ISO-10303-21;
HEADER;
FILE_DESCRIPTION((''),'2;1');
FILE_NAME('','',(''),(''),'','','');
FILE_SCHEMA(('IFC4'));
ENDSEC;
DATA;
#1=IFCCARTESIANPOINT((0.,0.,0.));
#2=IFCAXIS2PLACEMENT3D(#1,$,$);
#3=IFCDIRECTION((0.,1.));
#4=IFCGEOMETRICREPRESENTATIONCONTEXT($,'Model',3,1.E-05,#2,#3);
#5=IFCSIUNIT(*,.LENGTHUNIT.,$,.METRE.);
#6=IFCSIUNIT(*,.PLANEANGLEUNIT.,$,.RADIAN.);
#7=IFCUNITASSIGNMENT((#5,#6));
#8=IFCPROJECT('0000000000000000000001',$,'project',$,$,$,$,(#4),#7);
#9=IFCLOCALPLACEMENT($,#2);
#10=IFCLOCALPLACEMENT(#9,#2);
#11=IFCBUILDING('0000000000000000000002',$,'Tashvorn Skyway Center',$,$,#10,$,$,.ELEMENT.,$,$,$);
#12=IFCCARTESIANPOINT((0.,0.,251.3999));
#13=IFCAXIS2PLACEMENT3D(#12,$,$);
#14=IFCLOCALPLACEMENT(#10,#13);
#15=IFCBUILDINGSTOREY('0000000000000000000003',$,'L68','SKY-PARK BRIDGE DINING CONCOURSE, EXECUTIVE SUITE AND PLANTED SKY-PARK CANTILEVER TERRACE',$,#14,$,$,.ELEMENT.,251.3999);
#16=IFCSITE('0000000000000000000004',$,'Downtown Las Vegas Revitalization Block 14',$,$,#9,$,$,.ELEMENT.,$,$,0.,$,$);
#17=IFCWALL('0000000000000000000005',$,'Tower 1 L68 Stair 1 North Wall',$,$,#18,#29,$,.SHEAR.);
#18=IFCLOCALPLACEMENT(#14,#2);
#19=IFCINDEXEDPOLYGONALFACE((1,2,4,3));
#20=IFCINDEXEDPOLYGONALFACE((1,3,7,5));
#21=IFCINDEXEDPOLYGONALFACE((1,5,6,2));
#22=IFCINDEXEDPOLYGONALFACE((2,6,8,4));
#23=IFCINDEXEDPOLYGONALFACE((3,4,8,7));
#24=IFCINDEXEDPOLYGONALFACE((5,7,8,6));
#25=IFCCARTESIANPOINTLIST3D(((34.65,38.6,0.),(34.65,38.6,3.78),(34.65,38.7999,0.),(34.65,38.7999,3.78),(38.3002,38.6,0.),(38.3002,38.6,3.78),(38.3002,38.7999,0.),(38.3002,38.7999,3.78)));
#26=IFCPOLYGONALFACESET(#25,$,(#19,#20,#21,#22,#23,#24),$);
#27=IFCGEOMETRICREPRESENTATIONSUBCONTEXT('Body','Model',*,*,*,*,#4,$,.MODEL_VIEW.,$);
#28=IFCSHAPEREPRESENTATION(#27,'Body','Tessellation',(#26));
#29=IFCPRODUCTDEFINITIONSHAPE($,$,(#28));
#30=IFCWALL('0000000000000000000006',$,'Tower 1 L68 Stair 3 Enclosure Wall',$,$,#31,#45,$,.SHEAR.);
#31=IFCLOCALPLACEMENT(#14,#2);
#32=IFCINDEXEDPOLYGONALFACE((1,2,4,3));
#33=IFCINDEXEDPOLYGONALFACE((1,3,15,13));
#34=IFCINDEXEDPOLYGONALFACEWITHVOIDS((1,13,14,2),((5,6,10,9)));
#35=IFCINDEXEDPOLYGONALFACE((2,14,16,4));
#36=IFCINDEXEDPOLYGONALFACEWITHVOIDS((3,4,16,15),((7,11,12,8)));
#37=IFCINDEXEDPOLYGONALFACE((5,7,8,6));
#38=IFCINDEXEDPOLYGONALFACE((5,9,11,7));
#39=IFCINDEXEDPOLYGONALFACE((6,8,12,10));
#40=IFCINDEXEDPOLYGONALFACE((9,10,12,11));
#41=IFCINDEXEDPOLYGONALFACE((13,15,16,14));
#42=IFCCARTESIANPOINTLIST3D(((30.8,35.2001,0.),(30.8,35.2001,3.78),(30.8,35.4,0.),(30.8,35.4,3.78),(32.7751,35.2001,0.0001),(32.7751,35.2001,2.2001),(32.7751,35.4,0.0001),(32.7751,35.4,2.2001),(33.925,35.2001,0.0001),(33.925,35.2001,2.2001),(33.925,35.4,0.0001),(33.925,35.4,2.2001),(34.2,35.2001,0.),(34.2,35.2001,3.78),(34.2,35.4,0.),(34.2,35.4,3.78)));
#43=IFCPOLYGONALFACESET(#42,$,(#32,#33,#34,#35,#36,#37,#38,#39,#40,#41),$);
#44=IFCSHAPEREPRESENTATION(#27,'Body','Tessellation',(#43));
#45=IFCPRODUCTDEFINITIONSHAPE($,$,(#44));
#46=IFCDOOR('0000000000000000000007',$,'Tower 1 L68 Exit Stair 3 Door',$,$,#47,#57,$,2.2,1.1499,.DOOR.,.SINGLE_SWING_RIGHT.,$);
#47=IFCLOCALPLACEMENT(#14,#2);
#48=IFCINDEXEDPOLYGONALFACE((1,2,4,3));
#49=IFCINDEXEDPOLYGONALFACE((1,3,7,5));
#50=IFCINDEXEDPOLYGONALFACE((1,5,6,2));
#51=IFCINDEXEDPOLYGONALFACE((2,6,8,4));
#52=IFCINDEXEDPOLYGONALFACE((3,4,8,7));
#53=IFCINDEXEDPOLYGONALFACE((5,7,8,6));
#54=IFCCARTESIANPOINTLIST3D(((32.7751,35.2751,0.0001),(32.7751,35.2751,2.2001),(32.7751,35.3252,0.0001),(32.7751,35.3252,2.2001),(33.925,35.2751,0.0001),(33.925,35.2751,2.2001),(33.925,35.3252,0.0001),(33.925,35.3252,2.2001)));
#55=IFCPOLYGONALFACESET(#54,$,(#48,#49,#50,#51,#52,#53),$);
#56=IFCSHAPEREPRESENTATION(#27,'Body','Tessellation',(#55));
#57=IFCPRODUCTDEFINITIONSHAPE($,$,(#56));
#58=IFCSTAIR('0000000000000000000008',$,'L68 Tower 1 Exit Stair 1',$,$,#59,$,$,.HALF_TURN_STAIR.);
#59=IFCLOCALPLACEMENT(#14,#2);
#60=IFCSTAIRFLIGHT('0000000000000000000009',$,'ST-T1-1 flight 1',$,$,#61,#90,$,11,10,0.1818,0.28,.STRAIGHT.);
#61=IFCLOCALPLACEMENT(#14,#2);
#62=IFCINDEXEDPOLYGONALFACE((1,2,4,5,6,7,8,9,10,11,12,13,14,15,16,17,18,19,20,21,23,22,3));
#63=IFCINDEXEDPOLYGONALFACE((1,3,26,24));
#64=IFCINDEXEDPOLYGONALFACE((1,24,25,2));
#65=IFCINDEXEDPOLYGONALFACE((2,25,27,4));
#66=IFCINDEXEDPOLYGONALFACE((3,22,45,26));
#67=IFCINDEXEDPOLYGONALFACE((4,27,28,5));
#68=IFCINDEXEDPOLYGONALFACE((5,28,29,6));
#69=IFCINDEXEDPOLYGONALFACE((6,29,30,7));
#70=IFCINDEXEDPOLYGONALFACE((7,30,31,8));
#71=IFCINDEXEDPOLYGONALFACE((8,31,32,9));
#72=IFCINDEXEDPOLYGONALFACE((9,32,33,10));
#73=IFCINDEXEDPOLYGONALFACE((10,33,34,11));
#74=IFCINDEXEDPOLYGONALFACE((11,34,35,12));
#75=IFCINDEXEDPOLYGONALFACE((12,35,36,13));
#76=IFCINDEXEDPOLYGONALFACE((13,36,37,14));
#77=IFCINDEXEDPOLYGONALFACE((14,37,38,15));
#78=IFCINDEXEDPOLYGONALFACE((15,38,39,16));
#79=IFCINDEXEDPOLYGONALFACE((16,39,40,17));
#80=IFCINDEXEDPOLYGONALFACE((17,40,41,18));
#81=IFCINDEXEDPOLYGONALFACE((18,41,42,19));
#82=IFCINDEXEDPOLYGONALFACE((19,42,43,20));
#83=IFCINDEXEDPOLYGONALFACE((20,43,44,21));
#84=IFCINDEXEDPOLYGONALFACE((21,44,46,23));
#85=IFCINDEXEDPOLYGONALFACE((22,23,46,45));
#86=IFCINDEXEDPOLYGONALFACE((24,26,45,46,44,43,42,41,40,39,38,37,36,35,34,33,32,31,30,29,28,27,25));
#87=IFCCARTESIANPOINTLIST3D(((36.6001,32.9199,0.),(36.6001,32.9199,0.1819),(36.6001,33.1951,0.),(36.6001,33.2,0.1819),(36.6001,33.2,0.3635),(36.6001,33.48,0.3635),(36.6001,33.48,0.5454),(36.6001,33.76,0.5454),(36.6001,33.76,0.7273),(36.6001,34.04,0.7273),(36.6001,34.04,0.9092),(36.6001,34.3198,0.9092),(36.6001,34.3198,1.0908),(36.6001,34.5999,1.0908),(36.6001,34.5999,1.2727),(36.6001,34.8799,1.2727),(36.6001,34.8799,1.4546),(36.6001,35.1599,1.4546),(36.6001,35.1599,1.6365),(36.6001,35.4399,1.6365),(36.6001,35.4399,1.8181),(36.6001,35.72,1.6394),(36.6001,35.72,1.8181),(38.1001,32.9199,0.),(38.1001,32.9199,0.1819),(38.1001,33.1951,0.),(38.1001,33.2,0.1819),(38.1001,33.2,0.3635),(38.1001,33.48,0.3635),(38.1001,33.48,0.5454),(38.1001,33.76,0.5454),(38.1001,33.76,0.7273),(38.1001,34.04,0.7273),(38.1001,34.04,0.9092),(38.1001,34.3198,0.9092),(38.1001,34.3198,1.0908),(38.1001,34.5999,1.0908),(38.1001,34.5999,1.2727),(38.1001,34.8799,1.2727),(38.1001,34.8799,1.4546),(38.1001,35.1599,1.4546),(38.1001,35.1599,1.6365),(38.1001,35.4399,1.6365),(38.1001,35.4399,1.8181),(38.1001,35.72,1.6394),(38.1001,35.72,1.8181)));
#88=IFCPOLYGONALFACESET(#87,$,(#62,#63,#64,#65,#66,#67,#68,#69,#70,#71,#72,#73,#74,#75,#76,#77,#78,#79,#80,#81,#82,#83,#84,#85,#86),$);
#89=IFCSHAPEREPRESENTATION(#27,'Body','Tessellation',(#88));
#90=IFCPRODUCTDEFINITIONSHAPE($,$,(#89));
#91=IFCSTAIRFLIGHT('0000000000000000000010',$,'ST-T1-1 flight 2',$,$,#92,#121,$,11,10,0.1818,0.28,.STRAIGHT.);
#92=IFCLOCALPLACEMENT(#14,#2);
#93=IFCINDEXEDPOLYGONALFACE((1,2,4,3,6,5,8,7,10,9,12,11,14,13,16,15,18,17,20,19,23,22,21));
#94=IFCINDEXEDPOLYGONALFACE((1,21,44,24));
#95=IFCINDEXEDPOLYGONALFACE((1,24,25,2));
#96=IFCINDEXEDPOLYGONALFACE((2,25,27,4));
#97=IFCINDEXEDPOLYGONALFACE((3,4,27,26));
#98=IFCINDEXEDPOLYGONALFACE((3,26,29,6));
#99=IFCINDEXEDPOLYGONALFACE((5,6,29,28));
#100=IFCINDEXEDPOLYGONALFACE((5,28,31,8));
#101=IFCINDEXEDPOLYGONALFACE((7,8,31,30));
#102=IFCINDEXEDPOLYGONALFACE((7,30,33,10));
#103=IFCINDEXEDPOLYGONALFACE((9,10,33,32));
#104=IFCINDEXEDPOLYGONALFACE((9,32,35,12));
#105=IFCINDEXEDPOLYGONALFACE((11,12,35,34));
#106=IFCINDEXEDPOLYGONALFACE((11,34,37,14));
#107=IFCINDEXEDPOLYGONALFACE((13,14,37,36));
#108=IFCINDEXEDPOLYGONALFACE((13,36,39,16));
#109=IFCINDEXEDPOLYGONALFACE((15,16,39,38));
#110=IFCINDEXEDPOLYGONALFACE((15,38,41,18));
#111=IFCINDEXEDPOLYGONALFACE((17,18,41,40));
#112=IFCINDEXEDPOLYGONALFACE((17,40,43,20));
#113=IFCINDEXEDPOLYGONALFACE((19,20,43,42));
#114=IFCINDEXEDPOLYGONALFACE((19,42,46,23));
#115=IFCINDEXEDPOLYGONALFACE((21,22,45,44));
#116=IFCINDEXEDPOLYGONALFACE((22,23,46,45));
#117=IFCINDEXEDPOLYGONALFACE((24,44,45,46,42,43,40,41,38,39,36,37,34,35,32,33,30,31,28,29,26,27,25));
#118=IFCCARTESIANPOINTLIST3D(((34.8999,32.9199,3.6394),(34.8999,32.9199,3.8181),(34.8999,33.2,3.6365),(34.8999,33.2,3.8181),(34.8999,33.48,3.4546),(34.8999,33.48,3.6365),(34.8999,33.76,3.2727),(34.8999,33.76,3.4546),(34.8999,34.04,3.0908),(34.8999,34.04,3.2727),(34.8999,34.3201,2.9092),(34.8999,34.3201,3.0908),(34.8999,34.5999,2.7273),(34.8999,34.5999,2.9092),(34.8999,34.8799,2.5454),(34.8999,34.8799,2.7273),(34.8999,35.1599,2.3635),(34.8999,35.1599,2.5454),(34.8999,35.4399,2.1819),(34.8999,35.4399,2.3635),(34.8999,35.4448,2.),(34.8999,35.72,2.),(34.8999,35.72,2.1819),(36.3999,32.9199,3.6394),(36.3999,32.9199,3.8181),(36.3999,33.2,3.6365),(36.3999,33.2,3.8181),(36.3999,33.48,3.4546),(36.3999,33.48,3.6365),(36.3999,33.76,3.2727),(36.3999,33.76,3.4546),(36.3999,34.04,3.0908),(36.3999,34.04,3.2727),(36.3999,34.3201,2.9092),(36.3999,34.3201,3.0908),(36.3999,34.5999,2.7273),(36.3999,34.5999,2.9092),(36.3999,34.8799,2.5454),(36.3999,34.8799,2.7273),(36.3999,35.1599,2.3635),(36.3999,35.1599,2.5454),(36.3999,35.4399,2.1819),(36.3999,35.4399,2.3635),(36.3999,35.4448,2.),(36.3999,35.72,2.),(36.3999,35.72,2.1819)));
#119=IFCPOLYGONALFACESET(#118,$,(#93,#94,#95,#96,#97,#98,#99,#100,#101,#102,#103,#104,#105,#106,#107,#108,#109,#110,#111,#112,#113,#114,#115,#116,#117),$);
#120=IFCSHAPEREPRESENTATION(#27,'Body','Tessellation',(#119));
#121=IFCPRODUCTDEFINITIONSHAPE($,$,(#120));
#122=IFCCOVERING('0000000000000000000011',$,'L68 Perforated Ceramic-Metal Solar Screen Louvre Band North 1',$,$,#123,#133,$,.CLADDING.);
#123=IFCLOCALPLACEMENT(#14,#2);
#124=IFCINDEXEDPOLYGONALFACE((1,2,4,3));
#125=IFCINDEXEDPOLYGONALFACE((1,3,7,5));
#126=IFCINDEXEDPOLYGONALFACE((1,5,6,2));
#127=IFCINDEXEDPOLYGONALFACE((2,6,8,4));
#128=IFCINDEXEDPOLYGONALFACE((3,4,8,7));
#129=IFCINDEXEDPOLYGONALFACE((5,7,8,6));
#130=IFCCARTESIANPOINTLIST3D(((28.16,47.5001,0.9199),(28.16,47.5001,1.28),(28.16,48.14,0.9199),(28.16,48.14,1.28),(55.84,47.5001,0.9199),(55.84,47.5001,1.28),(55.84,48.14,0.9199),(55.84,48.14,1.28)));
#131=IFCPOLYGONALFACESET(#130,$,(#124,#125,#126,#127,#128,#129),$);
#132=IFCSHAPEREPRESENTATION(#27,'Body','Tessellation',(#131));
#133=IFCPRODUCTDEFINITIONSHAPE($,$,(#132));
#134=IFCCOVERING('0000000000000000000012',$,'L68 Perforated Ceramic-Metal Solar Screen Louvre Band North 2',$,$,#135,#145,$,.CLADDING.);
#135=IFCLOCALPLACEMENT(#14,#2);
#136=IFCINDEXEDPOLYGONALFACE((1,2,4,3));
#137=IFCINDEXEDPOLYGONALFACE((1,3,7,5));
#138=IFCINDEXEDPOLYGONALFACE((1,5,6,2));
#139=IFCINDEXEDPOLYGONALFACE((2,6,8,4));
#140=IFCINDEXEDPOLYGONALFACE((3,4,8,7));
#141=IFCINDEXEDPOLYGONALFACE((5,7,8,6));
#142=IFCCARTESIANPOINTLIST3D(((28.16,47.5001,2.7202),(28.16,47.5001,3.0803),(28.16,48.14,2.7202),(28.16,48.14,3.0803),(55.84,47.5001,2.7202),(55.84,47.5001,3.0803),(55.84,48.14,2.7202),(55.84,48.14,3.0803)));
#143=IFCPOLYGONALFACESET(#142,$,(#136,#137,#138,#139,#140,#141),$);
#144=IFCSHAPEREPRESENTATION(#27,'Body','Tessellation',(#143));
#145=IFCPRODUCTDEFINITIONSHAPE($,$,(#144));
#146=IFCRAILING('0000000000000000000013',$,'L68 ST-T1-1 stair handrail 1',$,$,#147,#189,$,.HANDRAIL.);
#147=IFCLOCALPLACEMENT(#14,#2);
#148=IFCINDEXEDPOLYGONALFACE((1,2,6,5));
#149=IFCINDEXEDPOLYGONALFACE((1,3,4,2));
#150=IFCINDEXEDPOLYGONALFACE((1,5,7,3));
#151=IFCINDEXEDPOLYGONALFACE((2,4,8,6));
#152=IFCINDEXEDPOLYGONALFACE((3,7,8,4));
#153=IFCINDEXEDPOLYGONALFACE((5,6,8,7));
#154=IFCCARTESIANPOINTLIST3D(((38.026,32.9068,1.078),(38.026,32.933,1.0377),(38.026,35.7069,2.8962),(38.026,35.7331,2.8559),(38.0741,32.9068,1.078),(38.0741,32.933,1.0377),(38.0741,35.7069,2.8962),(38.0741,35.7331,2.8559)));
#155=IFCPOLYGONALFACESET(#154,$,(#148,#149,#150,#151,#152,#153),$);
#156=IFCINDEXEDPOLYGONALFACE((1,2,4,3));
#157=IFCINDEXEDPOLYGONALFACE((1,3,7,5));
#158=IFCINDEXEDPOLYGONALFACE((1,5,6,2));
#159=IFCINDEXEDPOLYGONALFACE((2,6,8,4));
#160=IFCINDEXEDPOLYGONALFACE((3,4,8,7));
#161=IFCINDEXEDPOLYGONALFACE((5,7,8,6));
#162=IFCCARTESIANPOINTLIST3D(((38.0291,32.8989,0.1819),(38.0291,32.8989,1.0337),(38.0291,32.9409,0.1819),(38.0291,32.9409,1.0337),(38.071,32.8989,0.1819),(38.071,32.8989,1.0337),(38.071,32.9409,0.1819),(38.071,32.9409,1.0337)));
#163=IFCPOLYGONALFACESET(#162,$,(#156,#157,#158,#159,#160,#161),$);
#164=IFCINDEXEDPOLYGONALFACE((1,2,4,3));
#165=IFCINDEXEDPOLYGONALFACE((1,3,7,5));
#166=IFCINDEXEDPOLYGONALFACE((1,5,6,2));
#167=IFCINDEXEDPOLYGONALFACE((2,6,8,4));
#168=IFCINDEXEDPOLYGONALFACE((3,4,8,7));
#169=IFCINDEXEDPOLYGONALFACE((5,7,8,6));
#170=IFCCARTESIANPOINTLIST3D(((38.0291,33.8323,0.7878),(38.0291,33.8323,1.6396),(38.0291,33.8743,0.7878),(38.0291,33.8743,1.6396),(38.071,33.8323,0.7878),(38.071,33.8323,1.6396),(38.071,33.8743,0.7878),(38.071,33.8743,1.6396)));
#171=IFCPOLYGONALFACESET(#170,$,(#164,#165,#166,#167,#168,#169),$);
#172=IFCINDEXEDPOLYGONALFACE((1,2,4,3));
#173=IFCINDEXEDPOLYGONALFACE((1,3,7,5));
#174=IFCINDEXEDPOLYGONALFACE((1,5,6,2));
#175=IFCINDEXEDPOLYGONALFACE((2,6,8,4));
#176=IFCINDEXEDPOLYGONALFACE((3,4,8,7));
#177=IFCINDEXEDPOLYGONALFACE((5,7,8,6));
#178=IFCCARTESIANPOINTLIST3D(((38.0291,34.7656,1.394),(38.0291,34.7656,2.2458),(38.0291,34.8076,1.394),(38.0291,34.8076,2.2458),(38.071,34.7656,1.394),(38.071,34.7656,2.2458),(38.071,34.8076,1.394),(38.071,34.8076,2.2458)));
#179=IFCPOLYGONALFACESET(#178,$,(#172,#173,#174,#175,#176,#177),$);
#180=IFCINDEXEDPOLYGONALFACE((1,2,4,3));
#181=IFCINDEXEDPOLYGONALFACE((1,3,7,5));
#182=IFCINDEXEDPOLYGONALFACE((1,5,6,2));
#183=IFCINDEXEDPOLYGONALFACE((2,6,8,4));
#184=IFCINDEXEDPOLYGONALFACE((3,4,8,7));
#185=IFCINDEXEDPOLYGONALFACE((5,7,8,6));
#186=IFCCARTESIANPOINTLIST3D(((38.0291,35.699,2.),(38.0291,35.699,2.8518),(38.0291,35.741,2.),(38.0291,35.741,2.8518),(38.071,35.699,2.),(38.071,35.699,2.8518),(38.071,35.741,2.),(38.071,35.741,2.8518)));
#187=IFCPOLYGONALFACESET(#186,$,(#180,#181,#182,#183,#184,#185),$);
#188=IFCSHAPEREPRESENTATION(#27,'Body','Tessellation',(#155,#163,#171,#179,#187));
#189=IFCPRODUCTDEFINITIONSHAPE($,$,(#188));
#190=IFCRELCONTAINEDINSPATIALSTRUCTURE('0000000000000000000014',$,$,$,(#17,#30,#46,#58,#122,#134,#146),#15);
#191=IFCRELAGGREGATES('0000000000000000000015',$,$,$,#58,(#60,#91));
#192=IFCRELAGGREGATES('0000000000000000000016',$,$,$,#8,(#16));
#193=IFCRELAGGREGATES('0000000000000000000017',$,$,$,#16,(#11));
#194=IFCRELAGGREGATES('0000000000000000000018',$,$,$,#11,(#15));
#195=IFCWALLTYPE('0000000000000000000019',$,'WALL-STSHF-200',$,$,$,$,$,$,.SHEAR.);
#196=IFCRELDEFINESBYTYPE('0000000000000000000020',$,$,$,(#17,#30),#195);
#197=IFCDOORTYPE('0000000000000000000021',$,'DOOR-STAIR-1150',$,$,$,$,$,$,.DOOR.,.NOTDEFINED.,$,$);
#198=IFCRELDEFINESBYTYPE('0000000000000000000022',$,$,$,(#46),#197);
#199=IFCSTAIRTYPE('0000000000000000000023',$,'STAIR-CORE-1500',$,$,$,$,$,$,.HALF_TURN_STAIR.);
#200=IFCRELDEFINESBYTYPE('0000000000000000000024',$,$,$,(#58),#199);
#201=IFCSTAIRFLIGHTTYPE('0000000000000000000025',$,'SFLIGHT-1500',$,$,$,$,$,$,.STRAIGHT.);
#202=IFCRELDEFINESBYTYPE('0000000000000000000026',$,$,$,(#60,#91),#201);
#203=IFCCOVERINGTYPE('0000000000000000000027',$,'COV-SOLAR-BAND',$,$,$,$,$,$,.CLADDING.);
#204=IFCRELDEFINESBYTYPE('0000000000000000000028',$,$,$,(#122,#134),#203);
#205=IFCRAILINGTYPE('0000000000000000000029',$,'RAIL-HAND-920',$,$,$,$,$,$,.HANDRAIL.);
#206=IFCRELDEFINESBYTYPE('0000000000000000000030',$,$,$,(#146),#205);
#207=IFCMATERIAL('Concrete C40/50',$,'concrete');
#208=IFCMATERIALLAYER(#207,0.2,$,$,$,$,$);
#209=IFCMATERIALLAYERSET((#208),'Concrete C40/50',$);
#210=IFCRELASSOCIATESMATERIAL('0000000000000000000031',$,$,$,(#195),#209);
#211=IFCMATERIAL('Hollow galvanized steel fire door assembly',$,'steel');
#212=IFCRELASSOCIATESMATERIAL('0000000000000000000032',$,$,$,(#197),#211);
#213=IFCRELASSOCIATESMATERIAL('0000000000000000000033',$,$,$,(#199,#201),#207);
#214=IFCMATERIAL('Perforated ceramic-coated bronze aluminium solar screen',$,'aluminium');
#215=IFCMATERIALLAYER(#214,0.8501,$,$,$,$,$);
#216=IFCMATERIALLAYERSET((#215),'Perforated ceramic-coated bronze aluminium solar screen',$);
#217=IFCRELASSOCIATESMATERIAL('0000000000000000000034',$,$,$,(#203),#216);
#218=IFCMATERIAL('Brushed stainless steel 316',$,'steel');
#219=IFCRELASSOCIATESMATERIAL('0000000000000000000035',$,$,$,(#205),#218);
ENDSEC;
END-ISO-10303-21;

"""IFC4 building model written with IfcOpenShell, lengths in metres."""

from ifc_helpers import new_model, si_unit, direction, frame, frame_2d, origin, origin_2d, place, context, subcontext, project, spatial, polyline, rectangle, outline, extrude, material, layer, layer_set, type_object, element, fill, aggregate, save


model = new_model("IFC4")

# Units and contexts
model_context = context("Model", 3, precision=1e-05, world=origin(), true_north=direction((0.0, 1.0)))
body_context = subcontext(model_context, "Body", "Model", "MODEL_VIEW")
ifc_project = project(units=[si_unit("LENGTHUNIT", "METRE"), si_unit("PLANEANGLEUNIT", "RADIAN")], contexts=[model_context])

# Site, building, storey
site_placement = place(None, origin())
site = spatial("IfcSite", under=ifc_project, at=site_placement, Name="Downtown Las Vegas Revitalization Block 14", CompositionType="ELEMENT", RefElevation=0.0)
building_placement = place(site_placement, origin())
building = spatial("IfcBuilding", under=site, at=building_placement, Name="Tashvorn Skyway Center", CompositionType="ELEMENT")
storey_placement = place(building_placement, frame((0.0, 0.0, 251.3999)))
storey = spatial("IfcBuildingStorey", under=building, at=storey_placement, Name="L68", Description="SKY-PARK BRIDGE DINING CONCOURSE, EXECUTIVE SUITE AND PLANTED SKY-PARK CANTILEVER TERRACE", CompositionType="ELEMENT", Elevation=251.3999)

# Shared definitions
ifc_material_1 = material(Name="Hollow galvanized steel fire door assembly", Category="steel")

# Shared definitions
ifc_material_2 = material(Name="Concrete C40/50", Category="concrete")

# Wall
ifc_layer_1 = layer(ifc_material_2, 0.2)
ifc_layer_set_1 = layer_set([ifc_layer_1], Name="Concrete C40/50")
wall_type_1 = type_object("IfcWallType", Name="WALL-STSHF-200", PredefinedType="SHEAR", material=ifc_layer_set_1)
wall_1_placement = place(storey_placement, frame((34.6499, 38.7, 0.0), z_axis=(0.0, 0.0, 1.0), x_axis=(1.0, 0.0, 0.0)))
element("IfcWall", 1, at=wall_1_placement, inside=storey, type_object=wall_type_1, Name="Tower 1 L68 Stair 1 North Wall", PredefinedType="SHEAR", context=body_context, shape_type="SweptSolid", body=[
    extrude(rectangle(XDim=3.6501, YDim=0.2, at=frame_2d((1.8252, 0.0))), origin(), (0.0, 0.0, 1.0), 3.78),
])

# Wall, opening, door
wall_2_placement = place(storey_placement, frame((34.2, 35.3, 0.0), z_axis=(0.0, 0.0, 1.0), x_axis=(-1.0, 0.0, 0.0)))
wall_2 = element("IfcWall", 2, at=wall_2_placement, inside=storey, type_object=wall_type_1, Name="Tower 1 L68 Stair 3 Enclosure Wall", PredefinedType="SHEAR", context=body_context, shape_type="SweptSolid", body=[
    extrude(rectangle(XDim=3.3999, YDim=0.2, at=frame_2d((1.7, 0.0))), origin(), (0.0, 0.0, 1.0), 3.78),
])
opening_1_placement = place(wall_2_placement, frame((0.2749, 0.0, 0.0)))
opening_1 = element("IfcOpeningElement", 3, at=opening_1_placement, cuts=wall_2, PredefinedType="OPENING", context=body_context, shape_type="SweptSolid", body=[
    extrude(rectangle(XDim=1.1499, YDim=2.2, at=frame_2d((0.575, 1.1001))), frame((0.0, 0.1099, 0.0), z_axis=(0.0, -1.0, 0.0), x_axis=(1.0, 0.0, 0.0)), (0.0, 0.0, 1.0), 0.22),
])
door_type_1 = type_object("IfcDoorType", Name="DOOR-STAIR-1150", OperationType="NOTDEFINED", PredefinedType="DOOR", material=ifc_material_1)
door_1_placement = place(opening_1_placement, origin())
door_1 = element("IfcDoor", 4, at=door_1_placement, inside=storey, type_object=door_type_1, Name="Tower 1 L68 Exit Stair 3 Door", OperationType="SINGLE_SWING_RIGHT", OverallHeight=2.2, OverallWidth=1.1499, PredefinedType="DOOR", context=body_context, shape_type="SweptSolid", body=[
    extrude(rectangle(XDim=1.1499, YDim=2.2, at=frame_2d((0.575, 1.1001))), frame((0.0, 0.0249, 0.0), z_axis=(0.0, -1.0, 0.0), x_axis=(1.0, 0.0, 0.0)), (0.0, 0.0, 1.0), 0.05),
])
fill(opening_1, door_1)

# Stair, stair flights
stair_type = type_object("IfcStairType", Name="STAIR-CORE-1500", PredefinedType="HALF_TURN_STAIR", material=ifc_material_2)
stair_placement = place(storey_placement, origin())
stair = element("IfcStair", 5, at=stair_placement, inside=storey, type_object=stair_type, Name="L68 Tower 1 Exit Stair 1", PredefinedType="HALF_TURN_STAIR")
stair_flight_type = type_object("IfcStairFlightType", Name="SFLIGHT-1500", PredefinedType="STRAIGHT", material=ifc_material_2)
stair_flight_1_placement = place(storey_placement, frame((37.3501, 32.9199, 0.0), z_axis=(0.0, 0.0, 1.0), x_axis=(0.0, 1.0, 0.0)))
stair_flight_1 = element("IfcStairFlight", 6, at=stair_flight_1_placement, type_object=stair_flight_type, Name="ST-T1-1 flight 1", NumberOfRisers=11, NumberOfTreads=10, PredefinedType="STRAIGHT", RiserHeight=0.1818, TreadLength=0.28, context=body_context, shape_type="SweptSolid", body=[
    extrude(outline(polyline([(0.0, 0.0), (0.0, 0.1819), (0.28, 0.1819), (0.28, 0.3635), (0.5601, 0.3635), (0.5601, 0.5454), (0.8401, 0.5454), (0.8401, 0.7273), (1.1201, 0.7273), (1.1201, 0.9092), (1.3999, 0.9092), (1.3999, 1.0908), (1.6799, 1.0908), (1.6799, 1.2727), (1.96, 1.2727), (1.96, 1.4546), (2.24, 1.4546), (2.24, 1.6365), (2.52, 1.6365), (2.52, 1.8181), (2.8, 1.8181), (2.8, 2.0), (2.8, 1.6394), (0.2751, 0.0), (0.0, 0.0)])), frame((0.0, 0.75, 0.0), z_axis=(0.0, -1.0, 0.0), x_axis=(1.0, 0.0, 0.0)), (0.0, 0.0, 1.0), 1.5),
])
stair_flight_2_placement = place(storey_placement, frame((35.6499, 35.72, 2.0), z_axis=(0.0, 0.0, 1.0), x_axis=(0.0, -1.0, 0.0)))
stair_flight_2 = element("IfcStairFlight", 7, at=stair_flight_2_placement, type_object=stair_flight_type, Name="ST-T1-1 flight 2", NumberOfRisers=11, NumberOfTreads=10, PredefinedType="STRAIGHT", RiserHeight=0.1818, TreadLength=0.28, context=body_context, shape_type="SweptSolid", body=[
    extrude(outline(polyline([(0.0, 0.0), (0.0, 0.1819), (0.28, 0.1819), (0.28, 0.3635), (0.5601, 0.3635), (0.5601, 0.5454), (0.8401, 0.5454), (0.8401, 0.7273), (1.1201, 0.7273), (1.1201, 0.9092), (1.3999, 0.9092), (1.3999, 1.0908), (1.6799, 1.0908), (1.6799, 1.2727), (1.96, 1.2727), (1.96, 1.4546), (2.24, 1.4546), (2.24, 1.6365), (2.52, 1.6365), (2.52, 1.8181), (2.8, 1.8181), (2.8, 2.0), (2.8, 1.6394), (0.2751, 0.0), (0.0, 0.0)])), frame((0.0, 0.75, 0.0), z_axis=(0.0, -1.0, 0.0), x_axis=(1.0, 0.0, 0.0)), (0.0, 0.0, 1.0), 1.5),
])
aggregate(stair, [stair_flight_1, stair_flight_2])

# Coverings
ifc_material_3 = material(Name="Perforated ceramic-coated bronze aluminium solar screen", Category="aluminium")
ifc_layer_2 = layer(ifc_material_3, 0.8501)
ifc_layer_set_2 = layer_set([ifc_layer_2], Name="Perforated ceramic-coated bronze aluminium solar screen")
covering_type = type_object("IfcCoveringType", Name="COV-SOLAR-BAND", PredefinedType="CLADDING", material=ifc_layer_set_2)
for number, where, z_axis, x_axis, name in (
    (8, (42.0, 47.8201, 0.9199), (0.0, 0.0, 1.0), (1.0, 0.0, 0.0), "L68 Perforated Ceramic-Metal Solar Screen Louvre Band North 1"),
    (9, (42.0, 47.8201, 2.7202), (0.0, 0.0, 1.0), (1.0, 0.0, 0.0), "L68 Perforated Ceramic-Metal Solar Screen Louvre Band North 2"),
):
    element("IfcCovering", number, at=place(storey_placement, frame(where, z_axis=z_axis, x_axis=x_axis)), inside=storey, type_object=covering_type, Name=name, PredefinedType="CLADDING", context=body_context, shape_type="SweptSolid", body=[
        extrude(rectangle(XDim=27.6799, YDim=0.6399, at=origin_2d()), origin(), (0.0, 0.0, 1.0), 0.3601),
    ])

# Railing
ifc_material_4 = material(Name="Brushed stainless steel 316", Category="steel")
railing_type_1 = type_object("IfcRailingType", Name="RAIL-HAND-920", PredefinedType="HANDRAIL", material=ifc_material_4)
railing_1_placement = place(storey_placement, frame((38.05, 32.9199, 0.1819)))
element("IfcRailing", 10, at=railing_1_placement, inside=storey, type_object=railing_type_1, Name="L68 ST-T1-1 stair handrail 1", PredefinedType="HANDRAIL", context=body_context, shape_type="SweptSolid", body=[
    extrude(rectangle(XDim=0.0481, YDim=0.0481, at=origin_2d()), frame((0.0, 0.0, 0.876), z_axis=(0.0, 0.838706, 0.544585), x_axis=(-1.0, 0.0, 0.0)), (0.0, 0.0, 1.0), 3.3386),
    extrude(rectangle(XDim=0.042, YDim=0.042, at=origin_2d()), origin(), (0.0, 0.0, 1.0), 0.8518),
    extrude(rectangle(XDim=0.042, YDim=0.042, at=origin_2d()), frame((0.0, 0.9333, 0.606)), (0.0, 0.0, 1.0), 0.8518),
    extrude(rectangle(XDim=0.042, YDim=0.042, at=origin_2d()), frame((0.0, 1.8667, 1.2122)), (0.0, 0.0, 1.0), 0.8518),
    extrude(rectangle(XDim=0.042, YDim=0.042, at=origin_2d()), frame((0.0, 2.8, 1.8181)), (0.0, 0.0, 1.0), 0.8518),
])

save(model, "model.ifc")
